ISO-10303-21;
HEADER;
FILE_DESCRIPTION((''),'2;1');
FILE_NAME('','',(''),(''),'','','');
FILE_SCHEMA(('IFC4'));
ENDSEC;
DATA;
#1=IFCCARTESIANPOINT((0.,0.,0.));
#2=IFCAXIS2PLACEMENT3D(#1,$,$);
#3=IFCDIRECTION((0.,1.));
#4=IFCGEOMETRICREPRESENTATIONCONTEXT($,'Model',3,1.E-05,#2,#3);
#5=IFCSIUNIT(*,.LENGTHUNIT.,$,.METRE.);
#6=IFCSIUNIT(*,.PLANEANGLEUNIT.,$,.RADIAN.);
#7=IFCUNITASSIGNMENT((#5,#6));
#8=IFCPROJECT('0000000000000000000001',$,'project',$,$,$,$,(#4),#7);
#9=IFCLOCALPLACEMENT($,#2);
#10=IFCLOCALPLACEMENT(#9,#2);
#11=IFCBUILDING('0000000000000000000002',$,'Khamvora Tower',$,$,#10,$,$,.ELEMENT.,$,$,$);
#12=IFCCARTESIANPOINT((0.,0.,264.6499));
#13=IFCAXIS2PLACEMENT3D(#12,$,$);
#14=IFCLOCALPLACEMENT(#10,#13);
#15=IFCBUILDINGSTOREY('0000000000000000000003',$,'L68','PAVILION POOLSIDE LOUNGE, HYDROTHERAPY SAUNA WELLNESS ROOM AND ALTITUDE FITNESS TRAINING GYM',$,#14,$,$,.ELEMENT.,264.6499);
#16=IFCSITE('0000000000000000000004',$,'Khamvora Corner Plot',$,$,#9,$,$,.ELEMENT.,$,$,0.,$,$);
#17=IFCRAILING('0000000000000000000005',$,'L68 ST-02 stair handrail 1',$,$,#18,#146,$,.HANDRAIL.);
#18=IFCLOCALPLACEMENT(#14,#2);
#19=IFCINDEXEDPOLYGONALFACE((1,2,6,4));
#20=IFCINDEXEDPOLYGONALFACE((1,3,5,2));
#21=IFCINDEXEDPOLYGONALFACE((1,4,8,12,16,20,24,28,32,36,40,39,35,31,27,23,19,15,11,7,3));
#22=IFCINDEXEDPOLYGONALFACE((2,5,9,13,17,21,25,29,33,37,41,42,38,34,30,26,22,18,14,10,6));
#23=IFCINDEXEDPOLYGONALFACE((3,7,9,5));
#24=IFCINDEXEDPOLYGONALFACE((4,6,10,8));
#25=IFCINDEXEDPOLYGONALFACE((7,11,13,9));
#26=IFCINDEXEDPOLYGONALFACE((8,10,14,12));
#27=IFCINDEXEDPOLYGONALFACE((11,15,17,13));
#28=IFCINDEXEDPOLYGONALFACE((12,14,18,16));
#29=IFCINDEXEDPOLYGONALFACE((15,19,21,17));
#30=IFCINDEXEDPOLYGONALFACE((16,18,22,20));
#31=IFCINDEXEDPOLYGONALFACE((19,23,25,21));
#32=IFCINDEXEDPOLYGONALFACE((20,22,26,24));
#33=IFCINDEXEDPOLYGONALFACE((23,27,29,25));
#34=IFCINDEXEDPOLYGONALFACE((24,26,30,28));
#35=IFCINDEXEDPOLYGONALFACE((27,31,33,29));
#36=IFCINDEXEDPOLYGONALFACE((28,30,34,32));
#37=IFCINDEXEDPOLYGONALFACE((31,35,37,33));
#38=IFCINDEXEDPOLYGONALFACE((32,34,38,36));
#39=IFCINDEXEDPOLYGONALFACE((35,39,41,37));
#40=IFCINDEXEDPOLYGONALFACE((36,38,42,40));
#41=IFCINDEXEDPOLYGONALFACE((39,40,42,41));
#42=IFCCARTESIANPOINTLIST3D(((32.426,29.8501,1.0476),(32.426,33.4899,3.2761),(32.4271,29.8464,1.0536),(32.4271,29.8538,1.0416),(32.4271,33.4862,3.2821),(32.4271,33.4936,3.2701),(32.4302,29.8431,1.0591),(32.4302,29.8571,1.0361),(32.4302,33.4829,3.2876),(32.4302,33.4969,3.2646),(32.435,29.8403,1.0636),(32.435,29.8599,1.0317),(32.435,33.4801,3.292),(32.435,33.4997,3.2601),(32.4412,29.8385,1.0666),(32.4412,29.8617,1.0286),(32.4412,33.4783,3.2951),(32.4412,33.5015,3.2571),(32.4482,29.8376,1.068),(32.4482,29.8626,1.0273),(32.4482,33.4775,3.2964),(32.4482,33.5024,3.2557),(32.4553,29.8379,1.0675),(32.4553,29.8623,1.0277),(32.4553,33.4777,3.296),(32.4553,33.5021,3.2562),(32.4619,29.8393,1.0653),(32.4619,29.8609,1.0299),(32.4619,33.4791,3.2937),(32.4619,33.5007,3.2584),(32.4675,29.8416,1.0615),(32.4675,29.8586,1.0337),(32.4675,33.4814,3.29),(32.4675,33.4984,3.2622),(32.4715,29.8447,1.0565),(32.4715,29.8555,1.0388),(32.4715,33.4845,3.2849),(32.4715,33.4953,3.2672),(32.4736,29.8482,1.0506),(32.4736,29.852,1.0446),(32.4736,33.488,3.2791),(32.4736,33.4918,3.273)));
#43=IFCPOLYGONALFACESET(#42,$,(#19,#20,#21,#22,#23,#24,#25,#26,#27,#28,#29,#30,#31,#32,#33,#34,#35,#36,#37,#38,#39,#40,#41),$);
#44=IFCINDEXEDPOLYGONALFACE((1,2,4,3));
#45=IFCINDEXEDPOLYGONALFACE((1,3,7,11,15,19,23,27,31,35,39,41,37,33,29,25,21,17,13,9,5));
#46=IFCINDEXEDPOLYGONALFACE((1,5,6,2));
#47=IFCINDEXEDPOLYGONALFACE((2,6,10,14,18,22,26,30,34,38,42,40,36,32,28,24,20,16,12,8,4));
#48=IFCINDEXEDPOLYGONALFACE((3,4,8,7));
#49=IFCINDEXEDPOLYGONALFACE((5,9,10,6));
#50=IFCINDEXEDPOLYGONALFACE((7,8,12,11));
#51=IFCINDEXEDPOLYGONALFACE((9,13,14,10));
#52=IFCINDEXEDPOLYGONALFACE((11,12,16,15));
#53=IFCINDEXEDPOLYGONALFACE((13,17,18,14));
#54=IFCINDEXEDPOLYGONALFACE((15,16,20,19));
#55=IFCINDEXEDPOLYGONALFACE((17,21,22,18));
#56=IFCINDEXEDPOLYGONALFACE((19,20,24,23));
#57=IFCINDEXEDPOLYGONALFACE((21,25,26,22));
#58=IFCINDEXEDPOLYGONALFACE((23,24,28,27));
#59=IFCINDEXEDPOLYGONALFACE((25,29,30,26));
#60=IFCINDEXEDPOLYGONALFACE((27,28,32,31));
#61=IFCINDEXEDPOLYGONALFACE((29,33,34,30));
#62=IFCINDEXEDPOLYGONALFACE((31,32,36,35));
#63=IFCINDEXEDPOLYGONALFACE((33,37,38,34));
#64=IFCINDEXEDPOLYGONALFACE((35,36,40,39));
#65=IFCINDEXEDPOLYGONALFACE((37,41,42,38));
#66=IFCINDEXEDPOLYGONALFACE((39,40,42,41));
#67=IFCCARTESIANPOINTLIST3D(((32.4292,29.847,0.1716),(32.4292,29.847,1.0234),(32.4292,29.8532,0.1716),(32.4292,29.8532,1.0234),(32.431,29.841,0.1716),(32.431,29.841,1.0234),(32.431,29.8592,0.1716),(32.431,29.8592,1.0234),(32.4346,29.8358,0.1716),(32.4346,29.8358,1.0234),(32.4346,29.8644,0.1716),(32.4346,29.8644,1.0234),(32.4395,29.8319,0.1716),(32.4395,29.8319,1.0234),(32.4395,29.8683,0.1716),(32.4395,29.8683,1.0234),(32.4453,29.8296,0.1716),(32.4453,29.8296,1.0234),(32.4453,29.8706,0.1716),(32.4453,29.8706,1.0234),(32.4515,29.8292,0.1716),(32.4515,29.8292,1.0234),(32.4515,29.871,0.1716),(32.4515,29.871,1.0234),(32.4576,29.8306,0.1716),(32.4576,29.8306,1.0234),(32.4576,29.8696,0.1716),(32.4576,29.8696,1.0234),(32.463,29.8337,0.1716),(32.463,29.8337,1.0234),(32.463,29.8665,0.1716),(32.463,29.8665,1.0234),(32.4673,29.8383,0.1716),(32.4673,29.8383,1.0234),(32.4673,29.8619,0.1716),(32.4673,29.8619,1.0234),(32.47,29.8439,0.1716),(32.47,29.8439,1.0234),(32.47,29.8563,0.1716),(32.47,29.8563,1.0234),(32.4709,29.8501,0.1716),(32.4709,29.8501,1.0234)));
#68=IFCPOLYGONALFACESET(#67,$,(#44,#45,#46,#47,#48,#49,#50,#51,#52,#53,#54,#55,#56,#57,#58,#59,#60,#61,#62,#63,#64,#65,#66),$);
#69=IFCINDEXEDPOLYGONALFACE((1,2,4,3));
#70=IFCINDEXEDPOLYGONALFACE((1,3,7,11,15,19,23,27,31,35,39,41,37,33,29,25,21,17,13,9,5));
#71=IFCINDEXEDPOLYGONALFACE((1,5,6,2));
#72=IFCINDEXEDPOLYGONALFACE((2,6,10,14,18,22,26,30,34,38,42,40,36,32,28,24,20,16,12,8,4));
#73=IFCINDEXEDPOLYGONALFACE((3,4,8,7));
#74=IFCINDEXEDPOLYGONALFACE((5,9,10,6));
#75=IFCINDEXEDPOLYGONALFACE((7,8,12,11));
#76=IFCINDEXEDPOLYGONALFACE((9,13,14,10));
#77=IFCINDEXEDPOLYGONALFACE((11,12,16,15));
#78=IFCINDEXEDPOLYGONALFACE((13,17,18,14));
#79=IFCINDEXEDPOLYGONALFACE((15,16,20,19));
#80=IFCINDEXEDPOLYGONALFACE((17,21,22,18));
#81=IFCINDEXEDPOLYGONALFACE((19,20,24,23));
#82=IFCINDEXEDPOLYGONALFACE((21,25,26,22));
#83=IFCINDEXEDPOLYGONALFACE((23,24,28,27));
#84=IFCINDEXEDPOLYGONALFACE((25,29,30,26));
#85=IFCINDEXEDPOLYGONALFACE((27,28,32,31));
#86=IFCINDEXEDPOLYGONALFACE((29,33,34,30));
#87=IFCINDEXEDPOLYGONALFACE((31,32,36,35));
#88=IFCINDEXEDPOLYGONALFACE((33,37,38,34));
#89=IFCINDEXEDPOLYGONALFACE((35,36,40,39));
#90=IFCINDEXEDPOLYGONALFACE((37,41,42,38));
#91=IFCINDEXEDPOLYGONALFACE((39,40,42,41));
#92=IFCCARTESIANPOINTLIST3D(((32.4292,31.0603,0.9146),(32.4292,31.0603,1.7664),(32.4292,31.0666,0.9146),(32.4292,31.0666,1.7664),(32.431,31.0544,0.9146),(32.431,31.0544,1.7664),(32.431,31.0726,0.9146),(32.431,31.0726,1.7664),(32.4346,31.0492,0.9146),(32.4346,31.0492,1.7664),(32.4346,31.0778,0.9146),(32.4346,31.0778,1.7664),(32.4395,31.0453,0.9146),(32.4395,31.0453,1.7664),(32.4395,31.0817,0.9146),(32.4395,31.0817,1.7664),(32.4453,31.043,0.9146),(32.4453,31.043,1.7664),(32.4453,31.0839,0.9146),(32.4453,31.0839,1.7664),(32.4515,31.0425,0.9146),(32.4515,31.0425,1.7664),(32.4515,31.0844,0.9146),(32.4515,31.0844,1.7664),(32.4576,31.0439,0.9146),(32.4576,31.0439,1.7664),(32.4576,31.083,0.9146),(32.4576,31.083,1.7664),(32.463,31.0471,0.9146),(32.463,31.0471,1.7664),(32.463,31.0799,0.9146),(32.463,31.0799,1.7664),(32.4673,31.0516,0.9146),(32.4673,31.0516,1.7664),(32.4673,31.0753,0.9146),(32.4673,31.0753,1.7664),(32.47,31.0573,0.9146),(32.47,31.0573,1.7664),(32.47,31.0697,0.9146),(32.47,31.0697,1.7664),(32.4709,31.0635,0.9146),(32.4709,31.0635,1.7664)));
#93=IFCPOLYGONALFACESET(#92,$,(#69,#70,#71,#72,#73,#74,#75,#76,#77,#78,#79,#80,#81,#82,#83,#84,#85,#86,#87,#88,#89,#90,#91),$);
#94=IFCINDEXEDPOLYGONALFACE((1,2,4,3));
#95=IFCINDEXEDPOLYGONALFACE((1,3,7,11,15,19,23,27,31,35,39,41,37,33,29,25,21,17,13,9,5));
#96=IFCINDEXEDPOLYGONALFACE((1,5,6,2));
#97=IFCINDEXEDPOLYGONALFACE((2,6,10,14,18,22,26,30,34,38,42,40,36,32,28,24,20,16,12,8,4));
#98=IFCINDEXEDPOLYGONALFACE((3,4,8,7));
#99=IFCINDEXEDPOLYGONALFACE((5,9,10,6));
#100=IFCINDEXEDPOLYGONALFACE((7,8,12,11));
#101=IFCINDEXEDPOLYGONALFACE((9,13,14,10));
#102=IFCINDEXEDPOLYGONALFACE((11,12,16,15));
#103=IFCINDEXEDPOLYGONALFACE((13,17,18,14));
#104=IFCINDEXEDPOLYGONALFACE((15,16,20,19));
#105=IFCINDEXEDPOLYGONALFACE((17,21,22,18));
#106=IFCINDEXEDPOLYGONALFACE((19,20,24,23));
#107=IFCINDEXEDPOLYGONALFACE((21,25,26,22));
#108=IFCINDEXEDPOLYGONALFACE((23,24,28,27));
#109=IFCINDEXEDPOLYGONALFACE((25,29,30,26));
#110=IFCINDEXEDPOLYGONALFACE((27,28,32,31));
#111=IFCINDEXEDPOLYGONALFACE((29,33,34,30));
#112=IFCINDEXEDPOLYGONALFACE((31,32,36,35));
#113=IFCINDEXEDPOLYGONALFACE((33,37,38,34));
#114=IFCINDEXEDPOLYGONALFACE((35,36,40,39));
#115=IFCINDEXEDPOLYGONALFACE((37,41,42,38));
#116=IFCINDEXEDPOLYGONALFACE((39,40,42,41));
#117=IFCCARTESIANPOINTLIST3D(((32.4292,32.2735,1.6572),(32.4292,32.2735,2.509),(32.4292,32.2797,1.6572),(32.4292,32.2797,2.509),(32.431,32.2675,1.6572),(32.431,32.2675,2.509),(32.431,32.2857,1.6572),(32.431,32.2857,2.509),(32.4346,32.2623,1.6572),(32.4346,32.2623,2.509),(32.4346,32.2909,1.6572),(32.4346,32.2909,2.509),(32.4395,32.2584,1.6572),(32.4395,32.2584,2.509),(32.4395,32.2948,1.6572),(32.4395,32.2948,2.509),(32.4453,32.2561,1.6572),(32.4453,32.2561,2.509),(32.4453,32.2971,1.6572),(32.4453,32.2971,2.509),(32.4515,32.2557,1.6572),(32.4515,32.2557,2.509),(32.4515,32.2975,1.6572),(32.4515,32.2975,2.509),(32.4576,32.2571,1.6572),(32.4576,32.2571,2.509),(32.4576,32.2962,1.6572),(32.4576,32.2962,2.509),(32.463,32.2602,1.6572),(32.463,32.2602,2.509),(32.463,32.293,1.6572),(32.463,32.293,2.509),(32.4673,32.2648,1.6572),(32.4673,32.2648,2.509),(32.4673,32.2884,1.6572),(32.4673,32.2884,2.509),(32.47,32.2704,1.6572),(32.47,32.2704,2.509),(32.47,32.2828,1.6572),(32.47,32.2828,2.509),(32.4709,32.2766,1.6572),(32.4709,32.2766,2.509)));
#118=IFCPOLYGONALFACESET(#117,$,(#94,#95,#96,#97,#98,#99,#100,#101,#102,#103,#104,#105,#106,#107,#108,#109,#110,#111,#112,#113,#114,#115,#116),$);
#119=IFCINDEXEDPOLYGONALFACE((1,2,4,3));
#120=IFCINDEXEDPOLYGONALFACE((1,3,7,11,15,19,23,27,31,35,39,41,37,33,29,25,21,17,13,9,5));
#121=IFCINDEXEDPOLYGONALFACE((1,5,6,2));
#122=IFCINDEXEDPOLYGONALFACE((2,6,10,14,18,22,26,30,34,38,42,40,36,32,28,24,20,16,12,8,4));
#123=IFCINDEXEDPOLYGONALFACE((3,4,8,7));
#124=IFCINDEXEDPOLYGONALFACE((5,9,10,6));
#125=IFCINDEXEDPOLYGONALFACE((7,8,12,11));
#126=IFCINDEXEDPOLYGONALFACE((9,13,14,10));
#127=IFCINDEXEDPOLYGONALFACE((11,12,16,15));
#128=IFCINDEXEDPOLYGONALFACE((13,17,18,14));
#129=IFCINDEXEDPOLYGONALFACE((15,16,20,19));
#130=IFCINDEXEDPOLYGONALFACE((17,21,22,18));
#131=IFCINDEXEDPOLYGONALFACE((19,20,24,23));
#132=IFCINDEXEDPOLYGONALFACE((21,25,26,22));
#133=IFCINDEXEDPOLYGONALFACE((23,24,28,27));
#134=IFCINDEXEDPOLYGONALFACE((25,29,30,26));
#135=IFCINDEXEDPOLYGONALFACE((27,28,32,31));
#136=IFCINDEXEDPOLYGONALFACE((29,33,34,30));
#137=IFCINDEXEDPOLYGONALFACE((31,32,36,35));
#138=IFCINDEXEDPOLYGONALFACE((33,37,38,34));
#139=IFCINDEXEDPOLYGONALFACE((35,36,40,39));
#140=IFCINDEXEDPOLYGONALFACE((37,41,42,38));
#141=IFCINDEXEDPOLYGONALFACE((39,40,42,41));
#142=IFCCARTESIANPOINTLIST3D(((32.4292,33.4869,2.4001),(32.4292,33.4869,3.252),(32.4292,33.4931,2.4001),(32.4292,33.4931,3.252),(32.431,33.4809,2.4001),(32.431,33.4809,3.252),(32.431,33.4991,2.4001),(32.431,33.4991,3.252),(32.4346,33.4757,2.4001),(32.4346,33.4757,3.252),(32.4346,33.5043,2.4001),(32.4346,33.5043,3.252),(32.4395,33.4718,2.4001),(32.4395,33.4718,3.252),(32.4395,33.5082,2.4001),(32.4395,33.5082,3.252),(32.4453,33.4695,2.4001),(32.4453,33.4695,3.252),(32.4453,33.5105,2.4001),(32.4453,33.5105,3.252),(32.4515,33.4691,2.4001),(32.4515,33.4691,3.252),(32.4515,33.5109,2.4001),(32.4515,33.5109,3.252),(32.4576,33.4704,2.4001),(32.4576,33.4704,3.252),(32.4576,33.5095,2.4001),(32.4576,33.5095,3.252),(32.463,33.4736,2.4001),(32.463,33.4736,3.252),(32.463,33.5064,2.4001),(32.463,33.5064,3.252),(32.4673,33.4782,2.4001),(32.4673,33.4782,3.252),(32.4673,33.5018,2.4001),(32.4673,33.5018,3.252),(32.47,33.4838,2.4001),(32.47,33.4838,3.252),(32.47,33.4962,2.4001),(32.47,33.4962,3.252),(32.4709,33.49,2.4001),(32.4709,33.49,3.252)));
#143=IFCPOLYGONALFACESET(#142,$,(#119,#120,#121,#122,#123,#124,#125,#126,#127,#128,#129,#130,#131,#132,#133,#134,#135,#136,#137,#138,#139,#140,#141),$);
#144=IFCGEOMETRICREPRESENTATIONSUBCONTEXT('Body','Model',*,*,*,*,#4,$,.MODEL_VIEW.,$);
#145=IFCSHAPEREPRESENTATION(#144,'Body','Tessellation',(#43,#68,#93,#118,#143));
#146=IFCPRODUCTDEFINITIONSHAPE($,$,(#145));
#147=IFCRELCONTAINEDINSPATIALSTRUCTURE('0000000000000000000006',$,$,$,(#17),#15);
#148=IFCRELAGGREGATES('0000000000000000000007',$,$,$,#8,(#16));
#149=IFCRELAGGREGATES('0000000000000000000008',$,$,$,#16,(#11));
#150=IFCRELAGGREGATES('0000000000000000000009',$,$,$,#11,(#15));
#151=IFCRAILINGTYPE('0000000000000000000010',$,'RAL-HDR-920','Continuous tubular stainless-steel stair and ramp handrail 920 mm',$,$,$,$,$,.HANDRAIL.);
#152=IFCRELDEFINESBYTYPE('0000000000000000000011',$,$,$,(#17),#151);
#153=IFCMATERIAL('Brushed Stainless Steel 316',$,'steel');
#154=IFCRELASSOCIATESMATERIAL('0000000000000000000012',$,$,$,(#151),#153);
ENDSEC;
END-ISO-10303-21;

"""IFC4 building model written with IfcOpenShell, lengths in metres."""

from ifc_helpers import new_model, si_unit, direction, frame, origin, origin_2d, place, context, subcontext, project, spatial, circle, extrude, material, type_object, element, save


model = new_model("IFC4")

# Units and contexts
model_context = context("Model", 3, precision=1e-05, world=origin(), true_north=direction((0.0, 1.0)))
body_context = subcontext(model_context, "Body", "Model", "MODEL_VIEW")
ifc_project = project(units=[si_unit("LENGTHUNIT", "METRE"), si_unit("PLANEANGLEUNIT", "RADIAN")], contexts=[model_context])

# Site, building, storey
site_placement = place(None, origin())
site = spatial("IfcSite", under=ifc_project, at=site_placement, Name="Khamvora Corner Plot", CompositionType="ELEMENT", RefElevation=0.0)
building_placement = place(site_placement, origin())
building = spatial("IfcBuilding", under=site, at=building_placement, Name="Khamvora Tower", CompositionType="ELEMENT")
storey_placement = place(building_placement, frame((0.0, 0.0, 264.6499)))
storey = spatial("IfcBuildingStorey", under=building, at=storey_placement, Name="L68", Description="PAVILION POOLSIDE LOUNGE, HYDROTHERAPY SAUNA WELLNESS ROOM AND ALTITUDE FITNESS TRAINING GYM", CompositionType="ELEMENT", Elevation=264.6499)

# Railing
ifc_material_1 = material(Name="Brushed Stainless Steel 316", Category="steel")
railing_type_1 = type_object("IfcRailingType", Name="RAL-HDR-920", Description="Continuous tubular stainless-steel stair and ramp handrail 920 mm", PredefinedType="HANDRAIL", material=ifc_material_1)
railing_1_placement = place(storey_placement, frame((32.45, 29.8501, 0.1716)))
element("IfcRailing", 1, at=railing_1_placement, inside=storey, type_object=railing_type_1, Name="L68 ST-02 stair handrail 1", PredefinedType="HANDRAIL", context=body_context, shape_type="SweptSolid", body=[
    extrude(circle(Radius=0.0239, at=origin_2d()), frame((0.0, 0.0, 0.876), z_axis=(0.0, 0.85285, 0.522156), x_axis=(-1.0, 0.0, 0.0)), (0.0, 0.0, 1.0), 4.2678),
    extrude(circle(Radius=0.021, at=origin_2d()), origin(), (0.0, 0.0, 1.0), 0.8518),
    extrude(circle(Radius=0.021, at=origin_2d()), frame((0.0, 1.2134, 0.7429)), (0.0, 0.0, 1.0), 0.8518),
    extrude(circle(Radius=0.021, at=origin_2d()), frame((0.0, 2.4265, 1.4856)), (0.0, 0.0, 1.0), 0.8518),
    extrude(circle(Radius=0.021, at=origin_2d()), frame((0.0, 3.6399, 2.2285)), (0.0, 0.0, 1.0), 0.8518),
])

save(model, "model.ifc")
